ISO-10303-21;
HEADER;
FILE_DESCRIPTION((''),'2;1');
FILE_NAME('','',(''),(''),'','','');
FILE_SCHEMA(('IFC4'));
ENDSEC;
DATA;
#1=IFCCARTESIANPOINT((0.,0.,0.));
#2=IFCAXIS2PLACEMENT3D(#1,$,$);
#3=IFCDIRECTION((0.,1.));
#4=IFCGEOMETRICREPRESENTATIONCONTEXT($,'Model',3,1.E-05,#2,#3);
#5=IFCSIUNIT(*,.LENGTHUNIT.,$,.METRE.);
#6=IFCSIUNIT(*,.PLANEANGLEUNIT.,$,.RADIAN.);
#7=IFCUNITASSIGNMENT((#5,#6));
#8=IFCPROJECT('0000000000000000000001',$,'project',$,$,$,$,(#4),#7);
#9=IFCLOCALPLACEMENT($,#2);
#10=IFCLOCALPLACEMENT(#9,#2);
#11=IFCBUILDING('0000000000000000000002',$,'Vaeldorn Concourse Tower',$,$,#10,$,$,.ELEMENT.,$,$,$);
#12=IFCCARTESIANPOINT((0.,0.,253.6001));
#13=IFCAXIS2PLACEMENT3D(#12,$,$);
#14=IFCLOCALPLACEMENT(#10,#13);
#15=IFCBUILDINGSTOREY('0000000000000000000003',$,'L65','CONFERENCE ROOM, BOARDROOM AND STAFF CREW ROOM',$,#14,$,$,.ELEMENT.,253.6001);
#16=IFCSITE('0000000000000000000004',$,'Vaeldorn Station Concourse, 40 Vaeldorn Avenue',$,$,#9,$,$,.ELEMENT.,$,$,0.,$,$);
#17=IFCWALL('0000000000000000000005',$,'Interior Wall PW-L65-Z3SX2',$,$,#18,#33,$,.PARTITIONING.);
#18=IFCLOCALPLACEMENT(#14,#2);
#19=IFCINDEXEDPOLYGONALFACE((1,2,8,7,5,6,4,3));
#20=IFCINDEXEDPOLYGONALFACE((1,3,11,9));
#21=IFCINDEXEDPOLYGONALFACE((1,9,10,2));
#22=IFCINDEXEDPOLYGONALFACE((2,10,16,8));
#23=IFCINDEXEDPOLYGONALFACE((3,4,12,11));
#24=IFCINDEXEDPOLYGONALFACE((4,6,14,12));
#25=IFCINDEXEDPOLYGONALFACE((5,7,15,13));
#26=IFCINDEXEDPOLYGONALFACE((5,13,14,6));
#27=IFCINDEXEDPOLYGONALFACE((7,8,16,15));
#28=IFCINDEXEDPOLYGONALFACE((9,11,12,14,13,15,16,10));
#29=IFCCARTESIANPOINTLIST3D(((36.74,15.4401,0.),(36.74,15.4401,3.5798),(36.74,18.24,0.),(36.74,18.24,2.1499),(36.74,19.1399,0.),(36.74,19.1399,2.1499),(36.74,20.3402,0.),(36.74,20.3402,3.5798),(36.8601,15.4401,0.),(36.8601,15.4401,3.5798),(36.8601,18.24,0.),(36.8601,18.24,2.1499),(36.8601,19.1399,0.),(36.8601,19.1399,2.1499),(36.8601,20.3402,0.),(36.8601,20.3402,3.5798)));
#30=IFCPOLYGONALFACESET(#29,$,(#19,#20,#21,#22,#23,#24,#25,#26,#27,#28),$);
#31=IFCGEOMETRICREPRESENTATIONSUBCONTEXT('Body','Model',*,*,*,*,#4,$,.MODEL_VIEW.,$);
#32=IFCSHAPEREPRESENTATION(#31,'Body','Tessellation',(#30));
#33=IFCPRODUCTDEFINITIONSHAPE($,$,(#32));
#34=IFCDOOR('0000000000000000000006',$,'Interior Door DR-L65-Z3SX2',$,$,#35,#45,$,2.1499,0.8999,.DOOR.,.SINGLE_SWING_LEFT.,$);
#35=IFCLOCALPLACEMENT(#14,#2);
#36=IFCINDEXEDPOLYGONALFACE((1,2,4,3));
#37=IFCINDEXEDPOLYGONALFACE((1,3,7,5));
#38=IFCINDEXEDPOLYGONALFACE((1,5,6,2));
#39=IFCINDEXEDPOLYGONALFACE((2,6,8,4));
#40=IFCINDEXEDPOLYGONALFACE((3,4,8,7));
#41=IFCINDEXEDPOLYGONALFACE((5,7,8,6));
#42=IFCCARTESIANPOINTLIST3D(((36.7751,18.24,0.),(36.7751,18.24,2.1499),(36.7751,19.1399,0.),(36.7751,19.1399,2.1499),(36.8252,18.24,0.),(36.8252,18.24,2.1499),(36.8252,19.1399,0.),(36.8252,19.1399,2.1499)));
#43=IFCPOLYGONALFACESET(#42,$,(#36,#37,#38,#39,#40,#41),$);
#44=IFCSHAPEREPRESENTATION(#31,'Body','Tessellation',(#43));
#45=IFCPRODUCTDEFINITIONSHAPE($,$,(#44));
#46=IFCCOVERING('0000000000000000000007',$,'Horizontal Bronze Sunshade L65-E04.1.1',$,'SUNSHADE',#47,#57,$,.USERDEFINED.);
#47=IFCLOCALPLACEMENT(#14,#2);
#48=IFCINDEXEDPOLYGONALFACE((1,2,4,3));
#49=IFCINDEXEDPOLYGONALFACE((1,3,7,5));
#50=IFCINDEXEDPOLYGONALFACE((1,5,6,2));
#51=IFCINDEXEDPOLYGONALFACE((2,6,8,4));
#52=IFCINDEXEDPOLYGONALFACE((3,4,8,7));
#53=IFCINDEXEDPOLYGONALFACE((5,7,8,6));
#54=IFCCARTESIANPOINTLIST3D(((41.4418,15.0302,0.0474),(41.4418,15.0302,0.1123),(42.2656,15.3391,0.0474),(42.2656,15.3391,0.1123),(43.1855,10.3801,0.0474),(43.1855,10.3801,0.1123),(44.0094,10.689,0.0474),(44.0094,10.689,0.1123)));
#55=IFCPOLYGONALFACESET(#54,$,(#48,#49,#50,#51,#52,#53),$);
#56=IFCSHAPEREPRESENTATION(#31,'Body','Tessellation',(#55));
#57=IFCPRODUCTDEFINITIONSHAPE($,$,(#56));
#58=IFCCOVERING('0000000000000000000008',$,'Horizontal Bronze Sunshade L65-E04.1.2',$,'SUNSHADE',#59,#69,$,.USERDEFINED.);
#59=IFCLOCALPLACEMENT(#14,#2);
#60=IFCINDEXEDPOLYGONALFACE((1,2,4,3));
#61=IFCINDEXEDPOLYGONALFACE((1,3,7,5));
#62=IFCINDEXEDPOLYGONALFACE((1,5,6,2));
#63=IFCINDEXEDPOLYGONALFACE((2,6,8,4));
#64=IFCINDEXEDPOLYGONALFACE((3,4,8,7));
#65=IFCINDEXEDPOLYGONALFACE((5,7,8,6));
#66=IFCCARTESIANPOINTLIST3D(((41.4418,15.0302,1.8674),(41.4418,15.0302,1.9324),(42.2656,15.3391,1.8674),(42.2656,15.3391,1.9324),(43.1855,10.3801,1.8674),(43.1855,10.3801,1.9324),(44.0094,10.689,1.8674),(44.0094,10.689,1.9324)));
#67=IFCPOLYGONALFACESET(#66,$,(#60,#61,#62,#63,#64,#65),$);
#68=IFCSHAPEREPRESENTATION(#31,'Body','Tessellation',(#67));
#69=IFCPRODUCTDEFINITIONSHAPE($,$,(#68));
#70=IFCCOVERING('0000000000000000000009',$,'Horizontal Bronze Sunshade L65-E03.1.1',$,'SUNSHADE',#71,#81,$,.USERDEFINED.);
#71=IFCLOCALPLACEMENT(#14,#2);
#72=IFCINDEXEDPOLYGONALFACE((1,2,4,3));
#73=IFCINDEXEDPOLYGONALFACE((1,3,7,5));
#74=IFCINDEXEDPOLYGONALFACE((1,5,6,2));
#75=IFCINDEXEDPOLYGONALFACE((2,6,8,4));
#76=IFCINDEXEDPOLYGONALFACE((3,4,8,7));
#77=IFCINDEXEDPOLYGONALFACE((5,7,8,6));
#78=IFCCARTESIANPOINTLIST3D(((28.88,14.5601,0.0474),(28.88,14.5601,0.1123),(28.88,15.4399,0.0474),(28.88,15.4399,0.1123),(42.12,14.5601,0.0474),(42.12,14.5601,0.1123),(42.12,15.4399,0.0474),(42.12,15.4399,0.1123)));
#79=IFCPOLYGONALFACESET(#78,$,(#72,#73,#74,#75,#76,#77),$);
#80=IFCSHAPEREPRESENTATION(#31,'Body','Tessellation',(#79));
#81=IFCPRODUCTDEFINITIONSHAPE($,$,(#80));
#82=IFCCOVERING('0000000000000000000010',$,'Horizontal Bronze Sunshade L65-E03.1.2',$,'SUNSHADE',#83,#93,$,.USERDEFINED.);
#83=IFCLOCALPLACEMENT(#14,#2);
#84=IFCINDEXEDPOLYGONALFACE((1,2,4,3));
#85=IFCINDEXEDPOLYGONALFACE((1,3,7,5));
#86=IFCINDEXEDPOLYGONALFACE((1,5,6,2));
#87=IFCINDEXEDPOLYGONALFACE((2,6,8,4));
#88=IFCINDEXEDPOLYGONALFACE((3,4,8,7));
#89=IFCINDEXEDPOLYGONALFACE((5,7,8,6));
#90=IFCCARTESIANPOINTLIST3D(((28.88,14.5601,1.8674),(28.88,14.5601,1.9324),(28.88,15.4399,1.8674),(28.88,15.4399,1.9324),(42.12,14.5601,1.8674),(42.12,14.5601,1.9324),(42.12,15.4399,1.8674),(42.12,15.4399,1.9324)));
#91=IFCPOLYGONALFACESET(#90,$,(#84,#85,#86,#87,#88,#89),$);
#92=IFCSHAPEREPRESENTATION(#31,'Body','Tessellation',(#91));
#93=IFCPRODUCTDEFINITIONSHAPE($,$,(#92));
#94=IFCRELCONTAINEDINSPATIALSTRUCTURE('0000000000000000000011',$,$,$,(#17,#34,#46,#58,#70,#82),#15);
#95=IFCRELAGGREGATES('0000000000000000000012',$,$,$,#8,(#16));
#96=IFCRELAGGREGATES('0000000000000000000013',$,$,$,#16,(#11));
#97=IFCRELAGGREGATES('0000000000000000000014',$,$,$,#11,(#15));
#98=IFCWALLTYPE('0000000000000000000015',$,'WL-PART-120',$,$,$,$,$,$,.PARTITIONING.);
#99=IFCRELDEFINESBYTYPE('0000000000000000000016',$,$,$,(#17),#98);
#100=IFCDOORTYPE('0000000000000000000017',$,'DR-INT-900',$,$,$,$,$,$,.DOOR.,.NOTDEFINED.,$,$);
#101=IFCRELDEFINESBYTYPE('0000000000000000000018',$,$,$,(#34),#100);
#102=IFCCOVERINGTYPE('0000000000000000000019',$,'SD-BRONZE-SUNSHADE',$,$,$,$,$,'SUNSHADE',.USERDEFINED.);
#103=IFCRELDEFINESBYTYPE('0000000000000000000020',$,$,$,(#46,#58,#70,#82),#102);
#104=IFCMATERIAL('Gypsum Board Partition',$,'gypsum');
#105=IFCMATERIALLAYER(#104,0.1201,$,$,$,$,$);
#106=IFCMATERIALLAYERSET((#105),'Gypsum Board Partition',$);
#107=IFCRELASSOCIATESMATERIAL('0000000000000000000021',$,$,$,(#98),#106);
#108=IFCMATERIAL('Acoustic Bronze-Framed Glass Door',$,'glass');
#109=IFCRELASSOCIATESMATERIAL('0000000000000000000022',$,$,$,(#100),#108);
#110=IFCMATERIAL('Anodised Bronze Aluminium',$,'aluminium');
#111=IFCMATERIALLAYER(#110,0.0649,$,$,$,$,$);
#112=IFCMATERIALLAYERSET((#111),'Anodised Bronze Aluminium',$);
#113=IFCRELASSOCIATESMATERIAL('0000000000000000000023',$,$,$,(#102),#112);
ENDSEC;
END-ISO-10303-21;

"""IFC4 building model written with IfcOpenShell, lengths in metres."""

from ifc_helpers import new_model, si_unit, direction, frame, frame_2d, origin, origin_2d, place, context, subcontext, project, spatial, rectangle, extrude, source, transform, mapped, material, layer, layer_set, type_object, element, fill, save


model = new_model("IFC4")

# Units and contexts
model_context = context("Model", 3, precision=1e-05, world=origin(), true_north=direction((0.0, 1.0)))
body_context = subcontext(model_context, "Body", "Model", "MODEL_VIEW")
ifc_project = project(units=[si_unit("LENGTHUNIT", "METRE"), si_unit("PLANEANGLEUNIT", "RADIAN")], contexts=[model_context])

# Site, building, storey
site_placement = place(None, origin())
site = spatial("IfcSite", under=ifc_project, at=site_placement, Name="Vaeldorn Station Concourse, 40 Vaeldorn Avenue", CompositionType="ELEMENT", RefElevation=0.0)
building_placement = place(site_placement, origin())
building = spatial("IfcBuilding", under=site, at=building_placement, Name="Vaeldorn Concourse Tower", CompositionType="ELEMENT")
storey_placement = place(building_placement, frame((0.0, 0.0, 253.6001)))
storey = spatial("IfcBuildingStorey", under=building, at=storey_placement, Name="L65", Description="CONFERENCE ROOM, BOARDROOM AND STAFF CREW ROOM", CompositionType="ELEMENT", Elevation=253.6001)

# Shared definitions
ifc_material_1 = material(Name="Anodised Bronze Aluminium", Category="aluminium")

# Wall, opening, door
ifc_material_2 = material(Name="Gypsum Board Partition", Category="gypsum")
ifc_layer_1 = layer(ifc_material_2, 0.1201)
ifc_layer_set_1 = layer_set([ifc_layer_1], Name="Gypsum Board Partition")
wall_type = type_object("IfcWallType", Name="WL-PART-120", PredefinedType="PARTITIONING", material=ifc_layer_set_1)
wall_placement = place(storey_placement, frame((36.8, 15.4399, 0.0), z_axis=(0.0, 0.0, 1.0), x_axis=(0.0, 1.0, 0.0)))
wall = element("IfcWall", 1, at=wall_placement, inside=storey, type_object=wall_type, Name="Interior Wall PW-L65-Z3SX2", PredefinedType="PARTITIONING", context=body_context, shape_type="SweptSolid", body=[
    extrude(rectangle(XDim=4.9001, YDim=0.1201, at=frame_2d((2.4502, 0.0))), origin(), (0.0, 0.0, 1.0), 3.5798),
])
opening_placement = place(wall_placement, frame((2.8, 0.0, 0.0)))
opening = element("IfcOpeningElement", 2, at=opening_placement, cuts=wall, PredefinedType="OPENING", context=body_context, shape_type="SweptSolid", body=[
    extrude(rectangle(XDim=0.8999, YDim=2.1499, at=frame_2d((0.45, 1.075))), frame((0.0, 0.0701, 0.0), z_axis=(0.0, -1.0, 0.0), x_axis=(1.0, 0.0, 0.0)), (0.0, 0.0, 1.0), 0.1401),
])
ifc_material_3 = material(Name="Acoustic Bronze-Framed Glass Door", Category="glass")
door_type = type_object("IfcDoorType", Name="DR-INT-900", OperationType="NOTDEFINED", PredefinedType="DOOR", material=ifc_material_3)
shared_shape_1 = source(origin(), body_context, "Body", "SweptSolid", [
    extrude(rectangle(XDim=0.8999, YDim=2.1499, at=frame_2d((0.45, 1.075))), frame((0.0, 0.0249, 0.0), z_axis=(0.0, -1.0, 0.0), x_axis=(1.0, 0.0, 0.0)), (0.0, 0.0, 1.0), 0.05),
])
door_placement = place(opening_placement, origin())
door = element("IfcDoor", 3, at=door_placement, inside=storey, type_object=door_type, Name="Interior Door DR-L65-Z3SX2", OperationType="SINGLE_SWING_LEFT", OverallHeight=2.1499, OverallWidth=0.8999, PredefinedType="DOOR", context=body_context, shape_type="MappedRepresentation", body=[
    mapped(shared_shape_1, transform((0.0, 0.0, 0.0), scale=1.0)),
])
fill(opening, door)

# Coverings
ifc_layer_2 = layer(ifc_material_1, 0.0649)
ifc_layer_set_2 = layer_set([ifc_layer_2], Name="Anodised Bronze Aluminium")
covering_type = type_object("IfcCoveringType", Name="SD-BRONZE-SUNSHADE", ElementType="SUNSHADE", PredefinedType="USERDEFINED", material=ifc_layer_set_2)
shared_shape_2 = source(origin(), body_context, "Body", "SweptSolid", [
    extrude(rectangle(XDim=4.9663, YDim=0.8799, at=origin_2d()), origin(), (0.0, 0.0, 1.0), 0.0649),
])
for number, where, z_axis, x_axis, name in (
    (4, (42.7256, 12.8596, 0.0474), (0.0, 0.0, 1.0), (0.351123, -0.936329, 0.0), "Horizontal Bronze Sunshade L65-E04.1.1"),
    (5, (42.7256, 12.8596, 1.8674), (0.0, 0.0, 1.0), (0.351123, -0.936329, 0.0), "Horizontal Bronze Sunshade L65-E04.1.2"),
):
    element("IfcCovering", number, at=place(storey_placement, frame(where, z_axis=z_axis, x_axis=x_axis)), inside=storey, type_object=covering_type, Name=name, ObjectType="SUNSHADE", PredefinedType="USERDEFINED", context=body_context, shape_type="MappedRepresentation", body=[
        mapped(shared_shape_2, transform((0.0, 0.0, 0.0), scale=1.0)),
    ])
shared_shape_3 = source(origin(), body_context, "Body", "SweptSolid", [
    extrude(rectangle(XDim=13.24, YDim=0.8799, at=origin_2d()), origin(), (0.0, 0.0, 1.0), 0.0649),
])
for number, where, z_axis, x_axis, name in (
    (6, (35.5, 15.0, 0.0474), (0.0, 0.0, 1.0), (1.0, 0.0, 0.0), "Horizontal Bronze Sunshade L65-E03.1.1"),
    (7, (35.5, 15.0, 1.8674), (0.0, 0.0, 1.0), (1.0, 0.0, 0.0), "Horizontal Bronze Sunshade L65-E03.1.2"),
):
    element("IfcCovering", number, at=place(storey_placement, frame(where, z_axis=z_axis, x_axis=x_axis)), inside=storey, type_object=covering_type, Name=name, ObjectType="SUNSHADE", PredefinedType="USERDEFINED", context=body_context, shape_type="MappedRepresentation", body=[
        mapped(shared_shape_3, transform((0.0, 0.0, 0.0), scale=1.0)),
    ])

save(model, "model.ifc")
